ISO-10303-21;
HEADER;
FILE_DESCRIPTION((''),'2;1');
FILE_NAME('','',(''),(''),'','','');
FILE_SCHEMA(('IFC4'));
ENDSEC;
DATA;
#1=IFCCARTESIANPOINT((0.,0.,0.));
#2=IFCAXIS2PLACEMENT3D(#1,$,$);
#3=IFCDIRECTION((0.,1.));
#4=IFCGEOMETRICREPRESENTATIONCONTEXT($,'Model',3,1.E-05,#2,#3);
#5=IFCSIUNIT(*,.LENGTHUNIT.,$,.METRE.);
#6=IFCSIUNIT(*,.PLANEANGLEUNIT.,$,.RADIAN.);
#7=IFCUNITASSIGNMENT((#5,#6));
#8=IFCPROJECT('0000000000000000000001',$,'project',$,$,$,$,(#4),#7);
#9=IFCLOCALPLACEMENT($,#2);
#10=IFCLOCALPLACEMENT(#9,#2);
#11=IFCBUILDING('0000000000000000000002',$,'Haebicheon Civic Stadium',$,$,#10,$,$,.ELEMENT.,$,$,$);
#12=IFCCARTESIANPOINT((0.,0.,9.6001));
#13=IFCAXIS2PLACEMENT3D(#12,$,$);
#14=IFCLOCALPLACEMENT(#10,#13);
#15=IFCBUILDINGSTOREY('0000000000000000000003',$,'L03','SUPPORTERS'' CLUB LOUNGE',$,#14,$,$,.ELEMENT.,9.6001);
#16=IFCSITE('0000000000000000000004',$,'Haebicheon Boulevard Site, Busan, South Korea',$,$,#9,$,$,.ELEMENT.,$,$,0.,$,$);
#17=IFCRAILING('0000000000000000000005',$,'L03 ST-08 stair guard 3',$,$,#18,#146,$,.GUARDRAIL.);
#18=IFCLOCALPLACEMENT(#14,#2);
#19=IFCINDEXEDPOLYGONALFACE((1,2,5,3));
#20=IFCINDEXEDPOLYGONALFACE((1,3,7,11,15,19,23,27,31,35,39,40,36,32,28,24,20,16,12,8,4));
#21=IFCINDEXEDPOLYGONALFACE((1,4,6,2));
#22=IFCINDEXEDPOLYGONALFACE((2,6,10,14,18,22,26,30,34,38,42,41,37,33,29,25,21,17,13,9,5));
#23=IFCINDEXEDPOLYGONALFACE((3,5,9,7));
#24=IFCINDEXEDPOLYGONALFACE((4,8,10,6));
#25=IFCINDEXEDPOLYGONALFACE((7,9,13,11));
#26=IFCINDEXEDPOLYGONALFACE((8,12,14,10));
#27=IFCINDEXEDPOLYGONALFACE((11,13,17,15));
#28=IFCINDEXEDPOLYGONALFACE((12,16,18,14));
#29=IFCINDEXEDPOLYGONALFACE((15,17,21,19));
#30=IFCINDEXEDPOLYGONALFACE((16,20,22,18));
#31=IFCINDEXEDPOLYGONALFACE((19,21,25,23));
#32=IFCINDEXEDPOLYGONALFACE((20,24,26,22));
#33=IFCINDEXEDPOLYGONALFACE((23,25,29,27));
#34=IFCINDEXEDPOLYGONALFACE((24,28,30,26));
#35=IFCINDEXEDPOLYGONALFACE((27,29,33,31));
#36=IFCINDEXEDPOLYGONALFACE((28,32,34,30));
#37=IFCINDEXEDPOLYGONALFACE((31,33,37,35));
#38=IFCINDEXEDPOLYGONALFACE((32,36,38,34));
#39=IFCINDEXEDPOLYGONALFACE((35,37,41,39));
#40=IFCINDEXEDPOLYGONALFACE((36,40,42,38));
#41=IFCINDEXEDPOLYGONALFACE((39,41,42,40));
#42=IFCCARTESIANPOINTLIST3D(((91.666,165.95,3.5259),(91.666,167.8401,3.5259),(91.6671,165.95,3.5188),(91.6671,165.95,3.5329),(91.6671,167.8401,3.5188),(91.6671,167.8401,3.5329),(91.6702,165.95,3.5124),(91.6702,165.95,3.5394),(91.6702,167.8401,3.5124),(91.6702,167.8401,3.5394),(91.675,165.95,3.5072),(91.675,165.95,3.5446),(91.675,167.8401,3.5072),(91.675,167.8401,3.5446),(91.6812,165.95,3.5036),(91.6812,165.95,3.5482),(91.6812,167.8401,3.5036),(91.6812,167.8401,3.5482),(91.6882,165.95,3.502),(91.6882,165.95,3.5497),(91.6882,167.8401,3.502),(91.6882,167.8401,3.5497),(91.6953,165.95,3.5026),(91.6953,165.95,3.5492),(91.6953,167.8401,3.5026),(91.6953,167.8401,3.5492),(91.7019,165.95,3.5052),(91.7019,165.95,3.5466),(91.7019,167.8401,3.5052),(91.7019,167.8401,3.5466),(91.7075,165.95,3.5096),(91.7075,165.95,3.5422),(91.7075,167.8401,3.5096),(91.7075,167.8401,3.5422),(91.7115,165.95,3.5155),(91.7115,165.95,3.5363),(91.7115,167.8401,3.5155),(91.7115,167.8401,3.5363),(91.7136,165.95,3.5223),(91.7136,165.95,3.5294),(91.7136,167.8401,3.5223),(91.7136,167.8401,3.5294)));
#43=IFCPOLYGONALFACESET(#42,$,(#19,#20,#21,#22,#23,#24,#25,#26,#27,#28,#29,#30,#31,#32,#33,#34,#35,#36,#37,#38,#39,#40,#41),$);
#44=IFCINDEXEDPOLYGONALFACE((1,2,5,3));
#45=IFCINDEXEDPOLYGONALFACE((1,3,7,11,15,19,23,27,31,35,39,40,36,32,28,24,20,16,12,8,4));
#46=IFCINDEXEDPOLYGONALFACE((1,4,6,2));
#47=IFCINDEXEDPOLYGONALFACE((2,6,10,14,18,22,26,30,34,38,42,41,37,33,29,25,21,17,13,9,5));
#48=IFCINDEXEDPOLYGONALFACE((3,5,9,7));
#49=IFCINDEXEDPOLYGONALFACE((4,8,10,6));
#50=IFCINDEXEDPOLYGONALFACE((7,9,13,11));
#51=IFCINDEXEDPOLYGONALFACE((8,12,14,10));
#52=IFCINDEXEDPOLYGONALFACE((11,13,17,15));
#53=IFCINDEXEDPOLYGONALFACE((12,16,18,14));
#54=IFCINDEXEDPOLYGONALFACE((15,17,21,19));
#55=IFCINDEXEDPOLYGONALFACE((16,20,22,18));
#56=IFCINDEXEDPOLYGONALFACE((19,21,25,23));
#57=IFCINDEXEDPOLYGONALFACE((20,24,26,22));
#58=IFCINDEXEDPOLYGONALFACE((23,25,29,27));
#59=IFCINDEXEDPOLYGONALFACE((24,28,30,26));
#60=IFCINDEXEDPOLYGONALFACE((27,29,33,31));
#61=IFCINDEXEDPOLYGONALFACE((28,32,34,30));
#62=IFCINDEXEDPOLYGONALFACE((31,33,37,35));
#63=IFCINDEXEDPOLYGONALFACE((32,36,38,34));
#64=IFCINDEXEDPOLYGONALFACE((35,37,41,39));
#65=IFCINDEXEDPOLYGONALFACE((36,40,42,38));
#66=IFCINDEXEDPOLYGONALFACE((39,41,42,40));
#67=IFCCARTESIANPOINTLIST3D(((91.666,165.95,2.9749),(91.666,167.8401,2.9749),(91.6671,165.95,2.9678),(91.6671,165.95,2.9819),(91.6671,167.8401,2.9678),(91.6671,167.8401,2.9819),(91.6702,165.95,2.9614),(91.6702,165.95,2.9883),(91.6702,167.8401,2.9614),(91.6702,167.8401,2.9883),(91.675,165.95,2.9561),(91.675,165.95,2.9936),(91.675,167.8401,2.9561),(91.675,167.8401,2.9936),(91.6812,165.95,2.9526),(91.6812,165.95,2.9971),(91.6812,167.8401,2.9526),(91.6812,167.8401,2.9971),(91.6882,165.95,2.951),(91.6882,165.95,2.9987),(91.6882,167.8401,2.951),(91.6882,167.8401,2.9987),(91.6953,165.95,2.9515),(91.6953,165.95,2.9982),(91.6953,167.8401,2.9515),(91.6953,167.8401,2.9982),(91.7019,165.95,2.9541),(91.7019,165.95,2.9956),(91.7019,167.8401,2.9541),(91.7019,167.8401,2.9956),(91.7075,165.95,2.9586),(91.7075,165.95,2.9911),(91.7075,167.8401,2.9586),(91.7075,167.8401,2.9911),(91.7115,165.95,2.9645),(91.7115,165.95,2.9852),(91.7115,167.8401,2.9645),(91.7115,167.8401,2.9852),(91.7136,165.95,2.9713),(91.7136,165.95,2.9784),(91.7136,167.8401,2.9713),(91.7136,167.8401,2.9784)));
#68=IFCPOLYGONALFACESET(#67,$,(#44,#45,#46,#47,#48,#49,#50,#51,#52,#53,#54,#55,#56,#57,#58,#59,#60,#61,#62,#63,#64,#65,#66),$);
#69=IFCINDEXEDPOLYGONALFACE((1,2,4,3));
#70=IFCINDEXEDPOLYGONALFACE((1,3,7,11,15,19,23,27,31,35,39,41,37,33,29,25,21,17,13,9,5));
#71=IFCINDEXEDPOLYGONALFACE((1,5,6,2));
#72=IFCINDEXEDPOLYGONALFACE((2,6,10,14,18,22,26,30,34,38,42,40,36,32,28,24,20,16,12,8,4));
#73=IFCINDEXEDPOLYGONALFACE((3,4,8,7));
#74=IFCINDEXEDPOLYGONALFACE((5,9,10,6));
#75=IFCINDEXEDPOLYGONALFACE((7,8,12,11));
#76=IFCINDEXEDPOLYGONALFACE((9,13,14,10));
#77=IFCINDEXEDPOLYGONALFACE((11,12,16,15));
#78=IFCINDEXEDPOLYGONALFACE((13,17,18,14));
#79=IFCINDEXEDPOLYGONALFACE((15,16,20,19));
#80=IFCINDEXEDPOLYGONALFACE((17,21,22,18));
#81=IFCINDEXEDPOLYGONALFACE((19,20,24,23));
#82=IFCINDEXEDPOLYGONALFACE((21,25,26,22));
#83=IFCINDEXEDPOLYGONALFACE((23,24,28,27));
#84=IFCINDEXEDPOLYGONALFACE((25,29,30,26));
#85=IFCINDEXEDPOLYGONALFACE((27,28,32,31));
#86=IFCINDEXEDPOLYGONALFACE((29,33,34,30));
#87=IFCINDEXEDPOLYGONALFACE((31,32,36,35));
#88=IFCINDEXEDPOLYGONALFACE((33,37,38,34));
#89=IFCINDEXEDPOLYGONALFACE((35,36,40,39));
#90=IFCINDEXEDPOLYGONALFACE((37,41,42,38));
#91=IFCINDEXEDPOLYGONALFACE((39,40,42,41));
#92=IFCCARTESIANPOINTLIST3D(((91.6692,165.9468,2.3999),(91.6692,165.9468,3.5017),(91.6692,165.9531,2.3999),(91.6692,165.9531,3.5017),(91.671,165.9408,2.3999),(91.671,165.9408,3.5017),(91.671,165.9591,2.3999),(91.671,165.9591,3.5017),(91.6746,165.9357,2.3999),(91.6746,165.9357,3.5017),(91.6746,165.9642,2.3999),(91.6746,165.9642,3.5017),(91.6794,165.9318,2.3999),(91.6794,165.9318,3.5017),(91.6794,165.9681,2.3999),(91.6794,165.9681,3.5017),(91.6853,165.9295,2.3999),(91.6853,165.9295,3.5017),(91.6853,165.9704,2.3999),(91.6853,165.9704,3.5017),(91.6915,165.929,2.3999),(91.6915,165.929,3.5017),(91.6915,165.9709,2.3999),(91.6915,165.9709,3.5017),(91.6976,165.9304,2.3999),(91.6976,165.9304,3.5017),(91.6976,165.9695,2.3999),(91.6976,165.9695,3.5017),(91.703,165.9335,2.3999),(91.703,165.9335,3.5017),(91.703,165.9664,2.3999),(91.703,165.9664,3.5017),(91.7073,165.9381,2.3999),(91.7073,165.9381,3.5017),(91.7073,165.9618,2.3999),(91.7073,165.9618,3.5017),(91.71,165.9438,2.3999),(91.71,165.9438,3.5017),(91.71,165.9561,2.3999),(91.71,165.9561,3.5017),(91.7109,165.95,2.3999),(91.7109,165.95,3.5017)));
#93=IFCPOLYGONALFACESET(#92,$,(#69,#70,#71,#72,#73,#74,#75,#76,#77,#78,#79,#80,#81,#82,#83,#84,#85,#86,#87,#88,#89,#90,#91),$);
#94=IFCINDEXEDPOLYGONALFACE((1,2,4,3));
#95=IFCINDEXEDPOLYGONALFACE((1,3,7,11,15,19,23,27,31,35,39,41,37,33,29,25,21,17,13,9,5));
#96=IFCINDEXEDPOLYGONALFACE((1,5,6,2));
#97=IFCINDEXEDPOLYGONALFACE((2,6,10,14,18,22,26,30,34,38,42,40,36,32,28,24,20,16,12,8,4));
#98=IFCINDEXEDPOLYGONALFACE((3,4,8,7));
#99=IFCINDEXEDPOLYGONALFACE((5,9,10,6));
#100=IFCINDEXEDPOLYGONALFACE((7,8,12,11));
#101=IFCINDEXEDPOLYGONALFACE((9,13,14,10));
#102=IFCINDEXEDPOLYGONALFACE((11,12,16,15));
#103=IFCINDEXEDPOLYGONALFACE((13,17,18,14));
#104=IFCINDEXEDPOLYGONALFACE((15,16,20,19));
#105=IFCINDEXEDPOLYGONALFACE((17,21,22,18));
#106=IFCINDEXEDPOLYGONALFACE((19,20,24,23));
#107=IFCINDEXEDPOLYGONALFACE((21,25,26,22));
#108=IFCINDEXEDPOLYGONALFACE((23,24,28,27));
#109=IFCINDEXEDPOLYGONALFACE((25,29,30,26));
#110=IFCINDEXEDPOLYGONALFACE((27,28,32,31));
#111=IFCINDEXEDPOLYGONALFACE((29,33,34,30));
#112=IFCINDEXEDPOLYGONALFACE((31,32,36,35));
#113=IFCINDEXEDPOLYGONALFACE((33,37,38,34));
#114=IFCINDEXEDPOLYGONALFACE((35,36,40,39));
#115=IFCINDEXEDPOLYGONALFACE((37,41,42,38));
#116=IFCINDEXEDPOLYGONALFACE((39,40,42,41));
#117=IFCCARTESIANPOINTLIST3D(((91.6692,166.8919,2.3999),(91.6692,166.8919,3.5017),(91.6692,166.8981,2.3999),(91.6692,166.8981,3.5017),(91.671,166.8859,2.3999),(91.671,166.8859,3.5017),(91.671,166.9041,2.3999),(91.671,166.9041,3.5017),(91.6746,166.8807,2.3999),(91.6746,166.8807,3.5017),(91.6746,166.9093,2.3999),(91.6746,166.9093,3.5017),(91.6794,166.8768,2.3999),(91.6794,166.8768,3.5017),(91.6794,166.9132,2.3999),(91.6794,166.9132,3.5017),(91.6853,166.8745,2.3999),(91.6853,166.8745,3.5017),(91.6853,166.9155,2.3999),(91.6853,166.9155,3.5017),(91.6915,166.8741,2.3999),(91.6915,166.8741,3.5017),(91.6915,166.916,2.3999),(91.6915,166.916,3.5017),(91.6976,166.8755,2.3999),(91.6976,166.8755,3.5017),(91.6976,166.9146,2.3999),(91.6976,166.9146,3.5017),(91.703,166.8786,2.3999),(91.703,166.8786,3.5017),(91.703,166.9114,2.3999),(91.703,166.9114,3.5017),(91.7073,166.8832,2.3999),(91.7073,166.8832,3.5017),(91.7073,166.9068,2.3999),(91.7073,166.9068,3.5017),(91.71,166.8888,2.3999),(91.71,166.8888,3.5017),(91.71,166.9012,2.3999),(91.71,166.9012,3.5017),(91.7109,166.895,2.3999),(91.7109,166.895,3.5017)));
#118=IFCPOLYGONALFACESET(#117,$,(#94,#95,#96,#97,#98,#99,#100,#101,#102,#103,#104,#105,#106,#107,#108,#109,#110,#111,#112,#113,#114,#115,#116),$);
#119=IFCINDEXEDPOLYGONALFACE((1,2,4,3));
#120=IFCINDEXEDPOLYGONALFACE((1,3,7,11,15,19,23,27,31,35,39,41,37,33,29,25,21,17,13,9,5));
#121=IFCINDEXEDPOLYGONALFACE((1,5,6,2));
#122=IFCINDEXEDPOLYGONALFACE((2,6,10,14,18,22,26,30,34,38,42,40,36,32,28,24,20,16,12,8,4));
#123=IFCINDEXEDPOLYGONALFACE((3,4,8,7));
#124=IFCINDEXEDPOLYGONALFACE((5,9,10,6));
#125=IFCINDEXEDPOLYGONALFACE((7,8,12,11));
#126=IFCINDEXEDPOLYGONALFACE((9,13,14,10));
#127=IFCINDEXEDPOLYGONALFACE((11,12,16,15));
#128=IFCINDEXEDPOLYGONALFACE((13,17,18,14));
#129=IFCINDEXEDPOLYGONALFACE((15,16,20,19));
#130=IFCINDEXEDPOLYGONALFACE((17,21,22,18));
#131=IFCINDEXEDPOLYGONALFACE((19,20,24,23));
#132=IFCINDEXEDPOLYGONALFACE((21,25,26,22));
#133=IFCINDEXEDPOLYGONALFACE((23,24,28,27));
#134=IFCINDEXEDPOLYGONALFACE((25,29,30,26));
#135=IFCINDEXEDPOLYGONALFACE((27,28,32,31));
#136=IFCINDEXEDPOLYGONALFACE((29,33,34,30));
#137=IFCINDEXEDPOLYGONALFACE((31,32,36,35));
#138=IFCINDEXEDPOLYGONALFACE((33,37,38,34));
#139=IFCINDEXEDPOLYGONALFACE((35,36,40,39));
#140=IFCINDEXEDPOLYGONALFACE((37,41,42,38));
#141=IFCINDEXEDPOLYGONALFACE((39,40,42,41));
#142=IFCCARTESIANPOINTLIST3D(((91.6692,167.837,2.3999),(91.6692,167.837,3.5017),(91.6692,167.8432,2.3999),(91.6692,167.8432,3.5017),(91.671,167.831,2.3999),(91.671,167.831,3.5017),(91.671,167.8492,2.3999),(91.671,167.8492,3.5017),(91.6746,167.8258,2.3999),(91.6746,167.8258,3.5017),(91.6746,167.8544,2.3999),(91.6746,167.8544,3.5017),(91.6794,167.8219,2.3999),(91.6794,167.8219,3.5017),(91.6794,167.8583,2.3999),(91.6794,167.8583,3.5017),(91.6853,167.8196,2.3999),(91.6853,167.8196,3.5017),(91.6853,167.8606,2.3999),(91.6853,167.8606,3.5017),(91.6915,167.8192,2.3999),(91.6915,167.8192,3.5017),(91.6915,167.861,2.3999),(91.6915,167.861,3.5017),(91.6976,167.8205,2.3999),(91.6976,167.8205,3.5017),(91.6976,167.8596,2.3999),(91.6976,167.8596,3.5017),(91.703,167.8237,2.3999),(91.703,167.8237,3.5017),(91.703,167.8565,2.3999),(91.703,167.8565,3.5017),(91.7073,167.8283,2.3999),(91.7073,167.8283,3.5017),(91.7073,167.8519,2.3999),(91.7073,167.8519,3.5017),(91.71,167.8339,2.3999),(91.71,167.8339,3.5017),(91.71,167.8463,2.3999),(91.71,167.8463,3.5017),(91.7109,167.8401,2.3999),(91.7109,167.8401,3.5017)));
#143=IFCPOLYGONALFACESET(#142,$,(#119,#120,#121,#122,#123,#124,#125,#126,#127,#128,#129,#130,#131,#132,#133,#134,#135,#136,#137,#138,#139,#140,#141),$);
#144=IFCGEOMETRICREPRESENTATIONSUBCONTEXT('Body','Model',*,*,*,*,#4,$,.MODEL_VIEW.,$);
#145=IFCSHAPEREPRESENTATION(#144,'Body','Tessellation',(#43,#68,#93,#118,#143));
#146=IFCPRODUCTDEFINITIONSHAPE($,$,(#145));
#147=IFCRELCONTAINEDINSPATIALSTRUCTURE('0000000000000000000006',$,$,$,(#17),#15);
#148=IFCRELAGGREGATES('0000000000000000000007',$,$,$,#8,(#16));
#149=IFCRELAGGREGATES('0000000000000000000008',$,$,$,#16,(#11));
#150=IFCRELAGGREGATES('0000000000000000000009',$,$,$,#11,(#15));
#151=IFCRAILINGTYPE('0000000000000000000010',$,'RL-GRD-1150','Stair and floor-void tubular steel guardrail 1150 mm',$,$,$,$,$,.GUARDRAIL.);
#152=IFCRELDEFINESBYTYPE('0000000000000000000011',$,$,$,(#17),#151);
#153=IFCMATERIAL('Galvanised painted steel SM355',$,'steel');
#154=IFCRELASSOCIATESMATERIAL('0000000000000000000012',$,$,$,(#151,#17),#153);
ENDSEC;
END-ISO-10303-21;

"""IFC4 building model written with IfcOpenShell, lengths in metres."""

from ifc_helpers import new_model, si_unit, direction, frame, origin, origin_2d, place, context, subcontext, project, spatial, circle, extrude, material, type_object, element, save


model = new_model("IFC4")

# Units and contexts
model_context = context("Model", 3, precision=1e-05, world=origin(), true_north=direction((0.0, 1.0)))
body_context = subcontext(model_context, "Body", "Model", "MODEL_VIEW")
ifc_project = project(units=[si_unit("LENGTHUNIT", "METRE"), si_unit("PLANEANGLEUNIT", "RADIAN")], contexts=[model_context])

# Site, building, storey
site_placement = place(None, origin())
site = spatial("IfcSite", under=ifc_project, at=site_placement, Name="Haebicheon Boulevard Site, Busan, South Korea", CompositionType="ELEMENT", RefElevation=0.0)
building_placement = place(site_placement, origin())
building = spatial("IfcBuilding", under=site, at=building_placement, Name="Haebicheon Civic Stadium", CompositionType="ELEMENT")
storey_placement = place(building_placement, frame((0.0, 0.0, 9.6001)))
storey = spatial("IfcBuildingStorey", under=building, at=storey_placement, Name="L03", Description="SUPPORTERS' CLUB LOUNGE", CompositionType="ELEMENT", Elevation=9.6001)

# Railing
ifc_material_1 = material(Name="Galvanised painted steel SM355", Category="steel")
railing_type_1 = type_object("IfcRailingType", Name="RL-GRD-1150", Description="Stair and floor-void tubular steel guardrail 1150 mm", PredefinedType="GUARDRAIL", material=ifc_material_1)
for number, where, name in (
    (1, (91.6899, 165.95, 2.3999), "L03 ST-08 stair guard 3"),
):
    element("IfcRailing", number, at=place(storey_placement, frame(where)), inside=storey, type_object=railing_type_1, material=ifc_material_1, Name=name, PredefinedType="GUARDRAIL", context=body_context, shape_type="SweptSolid", body=[
        extrude(circle(Radius=0.0239, at=origin_2d()), frame((0.0, 0.0, 1.126), z_axis=(0.0, 1.0, 0.0), x_axis=(-1.0, 0.0, 0.0)), (0.0, 0.0, 1.0), 1.8901),
        extrude(circle(Radius=0.0239, at=origin_2d()), frame((0.0, 0.0, 0.575), z_axis=(0.0, 1.0, 0.0), x_axis=(-1.0, 0.0, 0.0)), (0.0, 0.0, 1.0), 1.8901),
        extrude(circle(Radius=0.021, at=origin_2d()), origin(), (0.0, 0.0, 1.0), 1.1018),
        extrude(circle(Radius=0.021, at=origin_2d()), frame((0.0, 0.9451, 0.0)), (0.0, 0.0, 1.0), 1.1018),
        extrude(circle(Radius=0.021, at=origin_2d()), frame((0.0, 1.8901, 0.0)), (0.0, 0.0, 1.0), 1.1018),
    ])

save(model, "model.ifc")
